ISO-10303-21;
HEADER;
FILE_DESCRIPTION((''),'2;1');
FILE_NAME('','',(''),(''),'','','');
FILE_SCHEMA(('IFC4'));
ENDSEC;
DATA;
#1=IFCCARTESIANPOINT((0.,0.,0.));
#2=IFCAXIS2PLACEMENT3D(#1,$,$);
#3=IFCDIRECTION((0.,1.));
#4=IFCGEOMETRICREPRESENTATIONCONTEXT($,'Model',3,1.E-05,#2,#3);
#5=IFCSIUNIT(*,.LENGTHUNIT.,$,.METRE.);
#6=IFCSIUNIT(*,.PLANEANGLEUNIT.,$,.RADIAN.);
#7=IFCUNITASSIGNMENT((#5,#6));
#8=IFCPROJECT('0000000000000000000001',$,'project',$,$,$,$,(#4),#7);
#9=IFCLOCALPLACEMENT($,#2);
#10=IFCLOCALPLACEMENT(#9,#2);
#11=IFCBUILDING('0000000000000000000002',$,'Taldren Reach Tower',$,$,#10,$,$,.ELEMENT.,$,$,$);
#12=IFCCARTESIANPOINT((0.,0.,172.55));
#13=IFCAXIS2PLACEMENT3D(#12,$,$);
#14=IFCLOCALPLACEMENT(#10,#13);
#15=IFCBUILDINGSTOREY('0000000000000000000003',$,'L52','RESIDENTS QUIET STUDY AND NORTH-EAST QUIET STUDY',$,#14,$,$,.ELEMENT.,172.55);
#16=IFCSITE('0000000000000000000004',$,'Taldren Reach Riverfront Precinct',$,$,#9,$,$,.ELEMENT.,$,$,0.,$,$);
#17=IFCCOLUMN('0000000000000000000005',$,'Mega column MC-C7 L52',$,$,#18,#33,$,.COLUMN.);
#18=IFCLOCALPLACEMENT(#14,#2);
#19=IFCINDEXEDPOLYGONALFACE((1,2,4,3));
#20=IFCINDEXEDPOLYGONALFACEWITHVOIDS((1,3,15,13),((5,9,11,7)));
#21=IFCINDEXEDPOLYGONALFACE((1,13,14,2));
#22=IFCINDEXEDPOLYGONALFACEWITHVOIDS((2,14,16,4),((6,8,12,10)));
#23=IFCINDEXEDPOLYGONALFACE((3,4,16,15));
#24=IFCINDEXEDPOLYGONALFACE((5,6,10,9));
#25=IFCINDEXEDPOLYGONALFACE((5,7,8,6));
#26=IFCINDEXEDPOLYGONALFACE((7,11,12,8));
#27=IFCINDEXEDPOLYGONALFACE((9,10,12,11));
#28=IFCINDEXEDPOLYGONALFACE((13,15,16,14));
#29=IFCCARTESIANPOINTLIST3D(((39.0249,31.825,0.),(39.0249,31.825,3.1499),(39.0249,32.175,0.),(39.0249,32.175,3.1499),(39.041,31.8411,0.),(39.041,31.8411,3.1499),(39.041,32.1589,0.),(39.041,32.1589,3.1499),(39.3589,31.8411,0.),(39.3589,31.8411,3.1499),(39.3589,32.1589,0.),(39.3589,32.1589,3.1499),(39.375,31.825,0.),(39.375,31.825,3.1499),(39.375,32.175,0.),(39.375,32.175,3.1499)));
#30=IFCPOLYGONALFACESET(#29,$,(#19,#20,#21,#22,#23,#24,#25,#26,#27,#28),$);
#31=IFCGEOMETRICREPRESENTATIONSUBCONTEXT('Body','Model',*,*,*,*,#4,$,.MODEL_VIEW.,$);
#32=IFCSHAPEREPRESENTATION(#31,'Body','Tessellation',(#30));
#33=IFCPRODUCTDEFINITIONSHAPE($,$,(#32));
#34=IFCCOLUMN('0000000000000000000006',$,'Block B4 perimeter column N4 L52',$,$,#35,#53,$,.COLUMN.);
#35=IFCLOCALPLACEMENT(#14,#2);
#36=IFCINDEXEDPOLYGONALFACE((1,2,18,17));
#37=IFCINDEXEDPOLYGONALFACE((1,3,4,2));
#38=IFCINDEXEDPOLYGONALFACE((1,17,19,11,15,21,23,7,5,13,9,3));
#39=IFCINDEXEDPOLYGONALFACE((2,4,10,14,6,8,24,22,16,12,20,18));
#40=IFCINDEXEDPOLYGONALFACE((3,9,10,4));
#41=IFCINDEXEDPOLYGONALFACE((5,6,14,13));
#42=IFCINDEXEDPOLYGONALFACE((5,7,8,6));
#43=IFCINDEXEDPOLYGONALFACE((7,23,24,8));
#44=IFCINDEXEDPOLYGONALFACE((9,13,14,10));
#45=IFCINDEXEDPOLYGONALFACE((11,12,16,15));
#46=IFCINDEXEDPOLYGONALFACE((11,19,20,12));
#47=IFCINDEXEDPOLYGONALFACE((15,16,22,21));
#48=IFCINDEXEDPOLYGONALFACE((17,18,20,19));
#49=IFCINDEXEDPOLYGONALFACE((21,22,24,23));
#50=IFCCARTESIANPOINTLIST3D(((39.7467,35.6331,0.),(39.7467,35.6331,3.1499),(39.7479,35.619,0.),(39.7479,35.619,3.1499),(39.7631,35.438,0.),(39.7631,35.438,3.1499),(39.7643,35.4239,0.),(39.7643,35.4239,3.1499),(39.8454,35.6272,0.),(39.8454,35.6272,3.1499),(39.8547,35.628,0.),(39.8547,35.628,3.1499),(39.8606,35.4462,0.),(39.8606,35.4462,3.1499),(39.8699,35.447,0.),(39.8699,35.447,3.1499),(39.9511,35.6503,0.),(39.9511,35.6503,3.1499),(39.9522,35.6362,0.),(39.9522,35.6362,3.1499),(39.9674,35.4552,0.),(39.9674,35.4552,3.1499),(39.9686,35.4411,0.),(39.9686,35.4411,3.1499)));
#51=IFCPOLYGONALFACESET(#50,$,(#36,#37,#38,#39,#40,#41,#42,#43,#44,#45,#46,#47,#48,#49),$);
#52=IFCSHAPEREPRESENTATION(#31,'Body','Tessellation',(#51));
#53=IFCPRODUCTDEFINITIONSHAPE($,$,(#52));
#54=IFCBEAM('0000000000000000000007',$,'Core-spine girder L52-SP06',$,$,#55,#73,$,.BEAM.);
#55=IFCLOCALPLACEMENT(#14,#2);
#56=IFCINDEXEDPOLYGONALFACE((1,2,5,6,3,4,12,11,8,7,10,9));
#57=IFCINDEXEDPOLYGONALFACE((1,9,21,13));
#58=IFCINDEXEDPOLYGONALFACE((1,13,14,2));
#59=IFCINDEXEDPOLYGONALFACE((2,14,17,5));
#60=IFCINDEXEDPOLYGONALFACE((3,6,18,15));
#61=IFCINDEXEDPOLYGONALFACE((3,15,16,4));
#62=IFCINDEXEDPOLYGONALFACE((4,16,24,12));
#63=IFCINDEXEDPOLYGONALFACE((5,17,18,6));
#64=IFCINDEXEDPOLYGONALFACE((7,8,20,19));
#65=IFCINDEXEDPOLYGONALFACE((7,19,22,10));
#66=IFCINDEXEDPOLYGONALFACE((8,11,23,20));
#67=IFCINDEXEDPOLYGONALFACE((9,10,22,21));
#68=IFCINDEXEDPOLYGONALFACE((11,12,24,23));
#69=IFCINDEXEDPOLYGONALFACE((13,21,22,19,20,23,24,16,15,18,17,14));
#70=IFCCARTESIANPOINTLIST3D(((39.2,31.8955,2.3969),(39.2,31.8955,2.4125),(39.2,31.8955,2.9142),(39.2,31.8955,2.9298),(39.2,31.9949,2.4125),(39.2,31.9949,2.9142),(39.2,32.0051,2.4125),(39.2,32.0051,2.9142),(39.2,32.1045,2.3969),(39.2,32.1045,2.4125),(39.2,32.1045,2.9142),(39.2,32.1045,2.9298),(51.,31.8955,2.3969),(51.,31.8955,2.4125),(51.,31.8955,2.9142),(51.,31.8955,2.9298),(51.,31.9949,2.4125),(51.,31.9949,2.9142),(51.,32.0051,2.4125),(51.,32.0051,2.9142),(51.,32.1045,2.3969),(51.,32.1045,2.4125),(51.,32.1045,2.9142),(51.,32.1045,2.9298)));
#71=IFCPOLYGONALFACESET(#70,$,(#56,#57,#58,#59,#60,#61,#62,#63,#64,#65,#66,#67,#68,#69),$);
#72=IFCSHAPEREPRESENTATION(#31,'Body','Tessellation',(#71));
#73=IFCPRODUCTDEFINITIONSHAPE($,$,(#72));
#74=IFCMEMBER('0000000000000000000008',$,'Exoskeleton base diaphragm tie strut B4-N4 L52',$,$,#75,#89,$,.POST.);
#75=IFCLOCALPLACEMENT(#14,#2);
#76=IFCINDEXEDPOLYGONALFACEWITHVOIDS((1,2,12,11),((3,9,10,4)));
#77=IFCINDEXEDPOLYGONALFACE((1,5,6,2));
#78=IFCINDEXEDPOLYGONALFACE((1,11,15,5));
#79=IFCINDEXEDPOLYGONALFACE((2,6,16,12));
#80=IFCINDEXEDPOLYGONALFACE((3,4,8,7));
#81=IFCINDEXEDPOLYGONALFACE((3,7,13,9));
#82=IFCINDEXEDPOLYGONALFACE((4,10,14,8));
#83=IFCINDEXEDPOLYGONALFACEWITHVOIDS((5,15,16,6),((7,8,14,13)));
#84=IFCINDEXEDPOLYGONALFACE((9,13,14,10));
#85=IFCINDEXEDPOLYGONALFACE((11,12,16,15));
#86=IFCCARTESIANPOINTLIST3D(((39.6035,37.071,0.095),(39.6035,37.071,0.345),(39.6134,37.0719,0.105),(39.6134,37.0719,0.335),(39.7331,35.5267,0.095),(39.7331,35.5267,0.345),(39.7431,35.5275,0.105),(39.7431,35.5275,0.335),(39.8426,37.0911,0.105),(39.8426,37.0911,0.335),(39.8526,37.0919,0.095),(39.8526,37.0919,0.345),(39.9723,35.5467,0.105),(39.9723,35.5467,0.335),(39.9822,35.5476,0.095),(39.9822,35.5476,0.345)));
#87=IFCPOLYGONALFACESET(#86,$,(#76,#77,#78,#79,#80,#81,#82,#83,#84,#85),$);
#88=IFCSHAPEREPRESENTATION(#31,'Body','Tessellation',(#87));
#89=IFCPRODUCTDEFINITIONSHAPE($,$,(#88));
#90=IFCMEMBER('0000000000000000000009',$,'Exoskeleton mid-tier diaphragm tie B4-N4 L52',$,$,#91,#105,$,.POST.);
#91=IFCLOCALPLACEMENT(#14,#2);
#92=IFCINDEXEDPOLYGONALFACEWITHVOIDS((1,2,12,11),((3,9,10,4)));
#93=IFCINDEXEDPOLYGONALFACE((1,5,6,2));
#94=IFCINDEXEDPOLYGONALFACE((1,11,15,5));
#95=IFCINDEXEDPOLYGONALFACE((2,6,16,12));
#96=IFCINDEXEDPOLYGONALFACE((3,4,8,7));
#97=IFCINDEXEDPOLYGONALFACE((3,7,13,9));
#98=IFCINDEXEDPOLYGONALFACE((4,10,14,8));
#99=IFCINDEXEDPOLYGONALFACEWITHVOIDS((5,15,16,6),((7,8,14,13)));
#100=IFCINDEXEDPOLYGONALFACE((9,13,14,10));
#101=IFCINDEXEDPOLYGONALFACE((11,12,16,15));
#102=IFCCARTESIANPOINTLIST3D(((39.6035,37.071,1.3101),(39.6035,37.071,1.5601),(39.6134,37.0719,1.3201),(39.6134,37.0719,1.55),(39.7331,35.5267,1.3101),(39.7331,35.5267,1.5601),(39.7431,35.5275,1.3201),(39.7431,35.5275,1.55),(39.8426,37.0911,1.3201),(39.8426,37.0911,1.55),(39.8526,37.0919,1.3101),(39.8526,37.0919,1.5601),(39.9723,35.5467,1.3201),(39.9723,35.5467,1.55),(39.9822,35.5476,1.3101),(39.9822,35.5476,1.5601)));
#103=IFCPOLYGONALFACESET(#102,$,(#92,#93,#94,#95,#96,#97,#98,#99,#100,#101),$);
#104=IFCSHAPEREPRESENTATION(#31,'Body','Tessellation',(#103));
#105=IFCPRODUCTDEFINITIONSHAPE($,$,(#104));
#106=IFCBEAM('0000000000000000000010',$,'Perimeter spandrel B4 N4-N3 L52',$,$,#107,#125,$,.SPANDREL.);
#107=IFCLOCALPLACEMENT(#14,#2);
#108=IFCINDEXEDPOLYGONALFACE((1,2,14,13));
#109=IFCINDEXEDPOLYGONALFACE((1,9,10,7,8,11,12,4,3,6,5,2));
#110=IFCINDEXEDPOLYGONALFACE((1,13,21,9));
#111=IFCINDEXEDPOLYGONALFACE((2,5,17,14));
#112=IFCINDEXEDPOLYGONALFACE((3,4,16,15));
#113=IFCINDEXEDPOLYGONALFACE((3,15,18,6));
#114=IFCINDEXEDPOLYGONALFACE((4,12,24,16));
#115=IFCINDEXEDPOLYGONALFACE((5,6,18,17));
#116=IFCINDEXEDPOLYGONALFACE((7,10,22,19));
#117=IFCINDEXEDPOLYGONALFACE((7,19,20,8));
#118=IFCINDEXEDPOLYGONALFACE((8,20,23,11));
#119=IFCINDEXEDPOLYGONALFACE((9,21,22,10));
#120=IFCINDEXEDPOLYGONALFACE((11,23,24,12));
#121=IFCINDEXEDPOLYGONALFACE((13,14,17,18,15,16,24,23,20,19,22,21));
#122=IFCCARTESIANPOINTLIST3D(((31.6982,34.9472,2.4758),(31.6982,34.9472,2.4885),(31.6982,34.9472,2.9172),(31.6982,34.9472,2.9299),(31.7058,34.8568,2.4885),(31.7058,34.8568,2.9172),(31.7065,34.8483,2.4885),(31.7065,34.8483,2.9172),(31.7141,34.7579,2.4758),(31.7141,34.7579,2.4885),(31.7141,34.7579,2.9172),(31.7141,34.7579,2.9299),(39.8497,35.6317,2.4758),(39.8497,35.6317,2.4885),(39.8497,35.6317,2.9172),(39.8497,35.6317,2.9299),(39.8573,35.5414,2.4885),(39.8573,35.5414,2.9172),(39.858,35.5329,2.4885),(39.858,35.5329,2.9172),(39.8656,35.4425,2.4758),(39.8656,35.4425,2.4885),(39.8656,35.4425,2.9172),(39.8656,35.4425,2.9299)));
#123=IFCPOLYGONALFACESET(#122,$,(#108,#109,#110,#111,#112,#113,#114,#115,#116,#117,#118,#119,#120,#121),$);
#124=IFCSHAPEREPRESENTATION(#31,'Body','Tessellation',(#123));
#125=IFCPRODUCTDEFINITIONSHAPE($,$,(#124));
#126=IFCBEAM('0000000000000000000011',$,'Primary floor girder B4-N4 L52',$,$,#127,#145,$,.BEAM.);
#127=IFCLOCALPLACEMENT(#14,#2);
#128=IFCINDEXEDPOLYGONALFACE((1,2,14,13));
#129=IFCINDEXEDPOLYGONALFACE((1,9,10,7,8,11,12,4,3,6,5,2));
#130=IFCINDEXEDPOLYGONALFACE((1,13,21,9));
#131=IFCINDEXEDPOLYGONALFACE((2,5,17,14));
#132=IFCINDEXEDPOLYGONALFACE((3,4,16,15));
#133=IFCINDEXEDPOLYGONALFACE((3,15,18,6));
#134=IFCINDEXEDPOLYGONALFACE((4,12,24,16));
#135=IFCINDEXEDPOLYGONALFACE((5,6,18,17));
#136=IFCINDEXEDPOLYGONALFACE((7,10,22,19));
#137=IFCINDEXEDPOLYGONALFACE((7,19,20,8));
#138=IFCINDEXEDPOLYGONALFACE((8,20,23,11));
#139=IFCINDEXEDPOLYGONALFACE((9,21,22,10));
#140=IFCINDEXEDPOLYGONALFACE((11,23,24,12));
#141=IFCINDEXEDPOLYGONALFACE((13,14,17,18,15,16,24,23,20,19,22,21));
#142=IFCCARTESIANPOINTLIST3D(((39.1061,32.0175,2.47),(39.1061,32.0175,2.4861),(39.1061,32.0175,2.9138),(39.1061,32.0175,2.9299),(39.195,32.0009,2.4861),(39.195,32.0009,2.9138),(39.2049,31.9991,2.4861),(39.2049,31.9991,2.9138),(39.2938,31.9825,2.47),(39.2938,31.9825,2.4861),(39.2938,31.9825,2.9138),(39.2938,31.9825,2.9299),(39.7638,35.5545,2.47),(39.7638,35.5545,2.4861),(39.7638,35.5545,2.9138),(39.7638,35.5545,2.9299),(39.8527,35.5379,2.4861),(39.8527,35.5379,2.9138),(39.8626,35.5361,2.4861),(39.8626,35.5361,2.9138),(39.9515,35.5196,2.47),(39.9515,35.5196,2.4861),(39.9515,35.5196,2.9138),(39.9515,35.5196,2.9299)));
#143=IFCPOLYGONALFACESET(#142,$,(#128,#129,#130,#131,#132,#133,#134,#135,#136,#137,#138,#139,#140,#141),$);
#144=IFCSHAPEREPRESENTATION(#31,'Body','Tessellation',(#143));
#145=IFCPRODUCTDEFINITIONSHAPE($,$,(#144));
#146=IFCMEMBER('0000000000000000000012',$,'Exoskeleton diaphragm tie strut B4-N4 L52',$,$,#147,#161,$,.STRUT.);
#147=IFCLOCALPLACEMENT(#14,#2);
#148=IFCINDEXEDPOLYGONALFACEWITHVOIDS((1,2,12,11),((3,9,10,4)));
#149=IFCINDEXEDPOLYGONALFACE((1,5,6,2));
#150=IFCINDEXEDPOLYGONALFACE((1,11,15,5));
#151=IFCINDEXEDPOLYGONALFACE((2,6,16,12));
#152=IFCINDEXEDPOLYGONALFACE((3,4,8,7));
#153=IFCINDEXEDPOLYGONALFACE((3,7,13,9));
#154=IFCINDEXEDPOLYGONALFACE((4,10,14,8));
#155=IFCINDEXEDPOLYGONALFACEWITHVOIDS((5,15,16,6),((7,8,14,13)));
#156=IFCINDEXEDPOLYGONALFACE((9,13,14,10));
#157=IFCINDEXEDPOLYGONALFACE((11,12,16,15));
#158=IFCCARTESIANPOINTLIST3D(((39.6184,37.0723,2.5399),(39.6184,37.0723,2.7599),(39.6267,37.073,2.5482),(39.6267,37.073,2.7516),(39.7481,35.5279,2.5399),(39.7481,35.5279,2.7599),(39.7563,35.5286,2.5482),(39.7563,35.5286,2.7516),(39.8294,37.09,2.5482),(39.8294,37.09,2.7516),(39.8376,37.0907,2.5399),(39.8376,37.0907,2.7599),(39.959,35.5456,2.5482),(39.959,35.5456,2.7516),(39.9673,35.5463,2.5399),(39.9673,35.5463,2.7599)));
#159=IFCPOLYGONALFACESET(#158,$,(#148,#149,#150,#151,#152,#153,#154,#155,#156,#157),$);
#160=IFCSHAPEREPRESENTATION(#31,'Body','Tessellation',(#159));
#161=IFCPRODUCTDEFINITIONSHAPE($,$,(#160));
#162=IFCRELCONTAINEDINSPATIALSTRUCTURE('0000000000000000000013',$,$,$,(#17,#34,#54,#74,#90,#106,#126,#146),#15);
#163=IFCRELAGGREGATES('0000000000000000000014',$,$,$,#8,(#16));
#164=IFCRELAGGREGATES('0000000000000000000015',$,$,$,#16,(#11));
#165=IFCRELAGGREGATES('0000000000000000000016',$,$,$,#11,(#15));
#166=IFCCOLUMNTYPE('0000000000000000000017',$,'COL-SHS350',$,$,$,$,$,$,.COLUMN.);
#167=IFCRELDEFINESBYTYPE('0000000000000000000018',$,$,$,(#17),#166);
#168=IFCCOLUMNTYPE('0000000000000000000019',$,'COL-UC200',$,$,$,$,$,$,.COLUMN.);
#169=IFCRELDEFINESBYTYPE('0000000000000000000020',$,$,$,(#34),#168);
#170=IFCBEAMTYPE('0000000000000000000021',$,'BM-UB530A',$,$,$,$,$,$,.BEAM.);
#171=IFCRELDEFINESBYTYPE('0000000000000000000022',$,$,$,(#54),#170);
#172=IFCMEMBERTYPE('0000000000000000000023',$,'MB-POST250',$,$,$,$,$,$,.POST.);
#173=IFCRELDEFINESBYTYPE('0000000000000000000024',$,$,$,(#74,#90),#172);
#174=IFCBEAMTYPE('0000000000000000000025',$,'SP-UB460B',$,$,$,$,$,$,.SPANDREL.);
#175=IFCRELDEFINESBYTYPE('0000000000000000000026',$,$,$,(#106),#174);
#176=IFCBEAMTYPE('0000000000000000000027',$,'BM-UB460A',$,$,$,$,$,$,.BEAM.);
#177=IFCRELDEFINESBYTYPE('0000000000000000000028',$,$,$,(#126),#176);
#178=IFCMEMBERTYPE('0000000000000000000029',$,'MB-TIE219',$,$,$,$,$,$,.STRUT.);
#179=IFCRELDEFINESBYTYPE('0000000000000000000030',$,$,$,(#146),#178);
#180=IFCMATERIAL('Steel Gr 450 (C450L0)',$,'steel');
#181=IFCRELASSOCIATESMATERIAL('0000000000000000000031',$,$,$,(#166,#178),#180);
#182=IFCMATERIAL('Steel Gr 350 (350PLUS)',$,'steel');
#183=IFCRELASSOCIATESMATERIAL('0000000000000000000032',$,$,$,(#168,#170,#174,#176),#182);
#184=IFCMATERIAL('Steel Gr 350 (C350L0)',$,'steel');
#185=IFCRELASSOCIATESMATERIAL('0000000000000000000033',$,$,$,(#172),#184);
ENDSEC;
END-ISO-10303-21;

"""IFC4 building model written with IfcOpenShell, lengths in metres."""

from ifc_helpers import new_model, si_unit, direction, frame, origin, origin_2d, place, context, subcontext, project, spatial, hollow_rectangle, i_section, extrude, source, transform, mapped, material, material_profile, profile_set, type_object, element, save


model = new_model("IFC4")

# Units and contexts
model_context = context("Model", 3, precision=1e-05, world=origin(), true_north=direction((0.0, 1.0)))
body_context = subcontext(model_context, "Body", "Model", "MODEL_VIEW")
ifc_project = project(units=[si_unit("LENGTHUNIT", "METRE"), si_unit("PLANEANGLEUNIT", "RADIAN")], contexts=[model_context])

# Site, building, storey
site_placement = place(None, origin())
site = spatial("IfcSite", under=ifc_project, at=site_placement, Name="Taldren Reach Riverfront Precinct", CompositionType="ELEMENT", RefElevation=0.0)
building_placement = place(site_placement, origin())
building = spatial("IfcBuilding", under=site, at=building_placement, Name="Taldren Reach Tower", CompositionType="ELEMENT")
storey_placement = place(building_placement, frame((0.0, 0.0, 172.55)))
storey = spatial("IfcBuildingStorey", under=building, at=storey_placement, Name="L52", Description="RESIDENTS QUIET STUDY AND NORTH-EAST QUIET STUDY", CompositionType="ELEMENT", Elevation=172.55)

# Columns
ifc_material_1 = material(Name="Steel Gr 450 (C450L0)", Category="steel")
ifc_material_profile_1 = material_profile(ifc_material_1, hollow_rectangle(XDim=0.3501, YDim=0.3501, WallThickness=0.0161, at=origin_2d()), Name="350x350x16.0SHS")
ifc_profile_set_1 = profile_set([ifc_material_profile_1], Name="Steel Gr 450 (C450L0)")
column_type_1 = type_object("IfcColumnType", Name="COL-SHS350", PredefinedType="COLUMN", material=ifc_profile_set_1)
shared_shape_1 = source(origin(), body_context, "Body", "SweptSolid", [
    extrude(hollow_rectangle(XDim=0.3501, YDim=0.3501, WallThickness=0.0161, at=origin_2d()), origin(), (0.0, 0.0, 1.0), 3.1499),
])
column_1_placement = place(storey_placement, frame((39.2, 32.0, 0.0), z_axis=(0.0, 0.0, 1.0), x_axis=(1.0, 0.0, 0.0)))
element("IfcColumn", 1, at=column_1_placement, inside=storey, type_object=column_type_1, Name="Mega column MC-C7 L52", PredefinedType="COLUMN", context=body_context, shape_type="MappedRepresentation", body=[
    mapped(shared_shape_1, transform((0.0, 0.0, 0.0), scale=1.0)),
])
ifc_material_2 = material(Name="Steel Gr 350 (350PLUS)", Category="steel")
ifc_material_profile_2 = material_profile(ifc_material_2, i_section(OverallWidth=0.2051, OverallDepth=0.21, WebThickness=0.0093, FlangeThickness=0.0142, at=origin_2d()), Name="200UC59.5")
ifc_profile_set_2 = profile_set([ifc_material_profile_2], Name="Steel Gr 350 (350PLUS)")
column_type_2 = type_object("IfcColumnType", Name="COL-UC200", PredefinedType="COLUMN", material=ifc_profile_set_2)
shared_shape_2 = source(origin(), body_context, "Body", "SweptSolid", [
    extrude(i_section(OverallWidth=0.2051, OverallDepth=0.21, WebThickness=0.0093, FlangeThickness=0.0142, at=origin_2d()), origin(), (0.0, 0.0, 1.0), 3.1499),
])
column_2_placement = place(storey_placement, frame((39.8577, 35.5371, 0.0), z_axis=(0.0, 0.0, 1.0), x_axis=(0.996493, 0.083678, 0.0)))
element("IfcColumn", 2, at=column_2_placement, inside=storey, type_object=column_type_2, Name="Block B4 perimeter column N4 L52", PredefinedType="COLUMN", context=body_context, shape_type="MappedRepresentation", body=[
    mapped(shared_shape_2, transform((0.0, 0.0, 0.0), scale=1.0)),
])

# Beam
ifc_material_profile_3 = material_profile(ifc_material_2, i_section(OverallWidth=0.209, OverallDepth=0.533, WebThickness=0.0103, FlangeThickness=0.0156, at=origin_2d()), Name="530UB92.4")
ifc_profile_set_3 = profile_set([ifc_material_profile_3], Name="Steel Gr 350 (350PLUS)")
beam_type_1 = type_object("IfcBeamType", Name="BM-UB530A", PredefinedType="BEAM", material=ifc_profile_set_3)
shared_shape_3 = source(origin(), body_context, "Body", "SweptSolid", [
    extrude(i_section(OverallWidth=0.209, OverallDepth=0.533, WebThickness=0.0103, FlangeThickness=0.0156, at=origin_2d()), origin(), (0.0, 0.0, 1.0), 11.8),
])
beam_1_placement = place(storey_placement, frame((39.2, 32.0, 2.6633), z_axis=(1.0, 0.0, 0.0), x_axis=(0.0, 1.0, 0.0)))
element("IfcBeam", 3, at=beam_1_placement, inside=storey, type_object=beam_type_1, Name="Core-spine girder L52-SP06", PredefinedType="BEAM", context=body_context, shape_type="MappedRepresentation", body=[
    mapped(shared_shape_3, transform((0.0, 0.0, 0.0), scale=1.0)),
])

# Members
ifc_material_3 = material(Name="Steel Gr 350 (C350L0)", Category="steel")
ifc_material_profile_4 = material_profile(ifc_material_3, hollow_rectangle(XDim=0.25, YDim=0.25, WallThickness=0.01, at=origin_2d()), Name="250x250x10.0SHS")
ifc_profile_set_4 = profile_set([ifc_material_profile_4], Name="Steel Gr 350 (C350L0)")
member_type_1 = type_object("IfcMemberType", Name="MB-POST250", PredefinedType="POST", material=ifc_profile_set_4)
shared_shape_4 = source(origin(), body_context, "Body", "SweptSolid", [
    extrude(hollow_rectangle(XDim=0.25, YDim=0.25, WallThickness=0.01, at=origin_2d()), origin(), (0.0, 0.0, 1.0), 1.5498),
])
for number, where, z_axis, x_axis, name in (
    (4, (39.8577, 35.5371, 0.22), (-0.083645, 0.996496, 0.0), (-0.996496, -0.083645, 0.0), "Exoskeleton base diaphragm tie strut B4-N4 L52"),
    (5, (39.8577, 35.5371, 1.4351), (-0.083645, 0.996496, 0.0), (-0.996496, -0.083645, 0.0), "Exoskeleton mid-tier diaphragm tie B4-N4 L52"),
):
    element("IfcMember", number, at=place(storey_placement, frame(where, z_axis=z_axis, x_axis=x_axis)), inside=storey, type_object=member_type_1, Name=name, PredefinedType="POST", context=body_context, shape_type="MappedRepresentation", body=[
        mapped(shared_shape_4, transform((0.0, 0.0, 0.0), scale=1.0)),
    ])

# Beams
ifc_material_profile_5 = material_profile(ifc_material_2, i_section(OverallWidth=0.1899, OverallDepth=0.4541, WebThickness=0.0085, FlangeThickness=0.0127, at=origin_2d()), Name="460UB67.1")
ifc_profile_set_5 = profile_set([ifc_material_profile_5], Name="Steel Gr 350 (350PLUS)")
beam_type_2 = type_object("IfcBeamType", Name="SP-UB460B", PredefinedType="SPANDREL", material=ifc_profile_set_5)
shared_shape_5 = source(origin(), body_context, "Body", "SweptSolid", [
    extrude(i_section(OverallWidth=0.1899, OverallDepth=0.4541, WebThickness=0.0085, FlangeThickness=0.0127, at=origin_2d()), origin(), (0.0, 0.0, 1.0), 8.1802),
])
beam_2_placement = place(storey_placement, frame((39.8577, 35.5371, 2.7029), z_axis=(-0.996492, -0.083688, 0.0), x_axis=(0.083688, -0.996492, 0.0)))
element("IfcBeam", 6, at=beam_2_placement, inside=storey, type_object=beam_type_2, Name="Perimeter spandrel B4 N4-N3 L52", PredefinedType="SPANDREL", context=body_context, shape_type="MappedRepresentation", body=[
    mapped(shared_shape_5, transform((0.0, 0.0, 0.0), scale=1.0)),
])
ifc_material_profile_6 = material_profile(ifc_material_2, i_section(OverallWidth=0.1909, OverallDepth=0.46, WebThickness=0.01, FlangeThickness=0.0161, at=origin_2d()), Name="460UB82.1")
ifc_profile_set_6 = profile_set([ifc_material_profile_6], Name="Steel Gr 350 (350PLUS)")
beam_type_3 = type_object("IfcBeamType", Name="BM-UB460A", PredefinedType="BEAM", material=ifc_profile_set_6)
shared_shape_6 = source(origin(), body_context, "Body", "SweptSolid", [
    extrude(i_section(OverallWidth=0.1909, OverallDepth=0.46, WebThickness=0.01, FlangeThickness=0.0161, at=origin_2d()), origin(), (0.0, 0.0, 1.0), 3.5977),
])
beam_3_placement = place(storey_placement, frame((39.2, 32.0, 2.7), z_axis=(0.182813, 0.983148, 0.0), x_axis=(-0.983148, 0.182813, 0.0)))
element("IfcBeam", 7, at=beam_3_placement, inside=storey, type_object=beam_type_3, Name="Primary floor girder B4-N4 L52", PredefinedType="BEAM", context=body_context, shape_type="MappedRepresentation", body=[
    mapped(shared_shape_6, transform((0.0, 0.0, 0.0), scale=1.0)),
])

# Member
ifc_material_profile_7 = material_profile(ifc_material_1, hollow_rectangle(XDim=0.22, YDim=0.22, WallThickness=0.0083, at=origin_2d()), Name="220x220x8.2SHS")
ifc_profile_set_7 = profile_set([ifc_material_profile_7], Name="Steel Gr 450 (C450L0)")
member_type_2 = type_object("IfcMemberType", Name="MB-TIE219", PredefinedType="STRUT", material=ifc_profile_set_7)
shared_shape_7 = source(origin(), body_context, "Body", "SweptSolid", [
    extrude(hollow_rectangle(XDim=0.22, YDim=0.22, WallThickness=0.0083, at=origin_2d()), origin(), (0.0, 0.0, 1.0), 1.5498),
])
member_1_placement = place(storey_placement, frame((39.8577, 35.5371, 2.6499), z_axis=(-0.083645, 0.996496, 0.0), x_axis=(-0.996496, -0.083645, 0.0)))
element("IfcMember", 8, at=member_1_placement, inside=storey, type_object=member_type_2, Name="Exoskeleton diaphragm tie strut B4-N4 L52", PredefinedType="STRUT", context=body_context, shape_type="MappedRepresentation", body=[
    mapped(shared_shape_7, transform((0.0, 0.0, 0.0), scale=1.0)),
])

save(model, "model.ifc")
